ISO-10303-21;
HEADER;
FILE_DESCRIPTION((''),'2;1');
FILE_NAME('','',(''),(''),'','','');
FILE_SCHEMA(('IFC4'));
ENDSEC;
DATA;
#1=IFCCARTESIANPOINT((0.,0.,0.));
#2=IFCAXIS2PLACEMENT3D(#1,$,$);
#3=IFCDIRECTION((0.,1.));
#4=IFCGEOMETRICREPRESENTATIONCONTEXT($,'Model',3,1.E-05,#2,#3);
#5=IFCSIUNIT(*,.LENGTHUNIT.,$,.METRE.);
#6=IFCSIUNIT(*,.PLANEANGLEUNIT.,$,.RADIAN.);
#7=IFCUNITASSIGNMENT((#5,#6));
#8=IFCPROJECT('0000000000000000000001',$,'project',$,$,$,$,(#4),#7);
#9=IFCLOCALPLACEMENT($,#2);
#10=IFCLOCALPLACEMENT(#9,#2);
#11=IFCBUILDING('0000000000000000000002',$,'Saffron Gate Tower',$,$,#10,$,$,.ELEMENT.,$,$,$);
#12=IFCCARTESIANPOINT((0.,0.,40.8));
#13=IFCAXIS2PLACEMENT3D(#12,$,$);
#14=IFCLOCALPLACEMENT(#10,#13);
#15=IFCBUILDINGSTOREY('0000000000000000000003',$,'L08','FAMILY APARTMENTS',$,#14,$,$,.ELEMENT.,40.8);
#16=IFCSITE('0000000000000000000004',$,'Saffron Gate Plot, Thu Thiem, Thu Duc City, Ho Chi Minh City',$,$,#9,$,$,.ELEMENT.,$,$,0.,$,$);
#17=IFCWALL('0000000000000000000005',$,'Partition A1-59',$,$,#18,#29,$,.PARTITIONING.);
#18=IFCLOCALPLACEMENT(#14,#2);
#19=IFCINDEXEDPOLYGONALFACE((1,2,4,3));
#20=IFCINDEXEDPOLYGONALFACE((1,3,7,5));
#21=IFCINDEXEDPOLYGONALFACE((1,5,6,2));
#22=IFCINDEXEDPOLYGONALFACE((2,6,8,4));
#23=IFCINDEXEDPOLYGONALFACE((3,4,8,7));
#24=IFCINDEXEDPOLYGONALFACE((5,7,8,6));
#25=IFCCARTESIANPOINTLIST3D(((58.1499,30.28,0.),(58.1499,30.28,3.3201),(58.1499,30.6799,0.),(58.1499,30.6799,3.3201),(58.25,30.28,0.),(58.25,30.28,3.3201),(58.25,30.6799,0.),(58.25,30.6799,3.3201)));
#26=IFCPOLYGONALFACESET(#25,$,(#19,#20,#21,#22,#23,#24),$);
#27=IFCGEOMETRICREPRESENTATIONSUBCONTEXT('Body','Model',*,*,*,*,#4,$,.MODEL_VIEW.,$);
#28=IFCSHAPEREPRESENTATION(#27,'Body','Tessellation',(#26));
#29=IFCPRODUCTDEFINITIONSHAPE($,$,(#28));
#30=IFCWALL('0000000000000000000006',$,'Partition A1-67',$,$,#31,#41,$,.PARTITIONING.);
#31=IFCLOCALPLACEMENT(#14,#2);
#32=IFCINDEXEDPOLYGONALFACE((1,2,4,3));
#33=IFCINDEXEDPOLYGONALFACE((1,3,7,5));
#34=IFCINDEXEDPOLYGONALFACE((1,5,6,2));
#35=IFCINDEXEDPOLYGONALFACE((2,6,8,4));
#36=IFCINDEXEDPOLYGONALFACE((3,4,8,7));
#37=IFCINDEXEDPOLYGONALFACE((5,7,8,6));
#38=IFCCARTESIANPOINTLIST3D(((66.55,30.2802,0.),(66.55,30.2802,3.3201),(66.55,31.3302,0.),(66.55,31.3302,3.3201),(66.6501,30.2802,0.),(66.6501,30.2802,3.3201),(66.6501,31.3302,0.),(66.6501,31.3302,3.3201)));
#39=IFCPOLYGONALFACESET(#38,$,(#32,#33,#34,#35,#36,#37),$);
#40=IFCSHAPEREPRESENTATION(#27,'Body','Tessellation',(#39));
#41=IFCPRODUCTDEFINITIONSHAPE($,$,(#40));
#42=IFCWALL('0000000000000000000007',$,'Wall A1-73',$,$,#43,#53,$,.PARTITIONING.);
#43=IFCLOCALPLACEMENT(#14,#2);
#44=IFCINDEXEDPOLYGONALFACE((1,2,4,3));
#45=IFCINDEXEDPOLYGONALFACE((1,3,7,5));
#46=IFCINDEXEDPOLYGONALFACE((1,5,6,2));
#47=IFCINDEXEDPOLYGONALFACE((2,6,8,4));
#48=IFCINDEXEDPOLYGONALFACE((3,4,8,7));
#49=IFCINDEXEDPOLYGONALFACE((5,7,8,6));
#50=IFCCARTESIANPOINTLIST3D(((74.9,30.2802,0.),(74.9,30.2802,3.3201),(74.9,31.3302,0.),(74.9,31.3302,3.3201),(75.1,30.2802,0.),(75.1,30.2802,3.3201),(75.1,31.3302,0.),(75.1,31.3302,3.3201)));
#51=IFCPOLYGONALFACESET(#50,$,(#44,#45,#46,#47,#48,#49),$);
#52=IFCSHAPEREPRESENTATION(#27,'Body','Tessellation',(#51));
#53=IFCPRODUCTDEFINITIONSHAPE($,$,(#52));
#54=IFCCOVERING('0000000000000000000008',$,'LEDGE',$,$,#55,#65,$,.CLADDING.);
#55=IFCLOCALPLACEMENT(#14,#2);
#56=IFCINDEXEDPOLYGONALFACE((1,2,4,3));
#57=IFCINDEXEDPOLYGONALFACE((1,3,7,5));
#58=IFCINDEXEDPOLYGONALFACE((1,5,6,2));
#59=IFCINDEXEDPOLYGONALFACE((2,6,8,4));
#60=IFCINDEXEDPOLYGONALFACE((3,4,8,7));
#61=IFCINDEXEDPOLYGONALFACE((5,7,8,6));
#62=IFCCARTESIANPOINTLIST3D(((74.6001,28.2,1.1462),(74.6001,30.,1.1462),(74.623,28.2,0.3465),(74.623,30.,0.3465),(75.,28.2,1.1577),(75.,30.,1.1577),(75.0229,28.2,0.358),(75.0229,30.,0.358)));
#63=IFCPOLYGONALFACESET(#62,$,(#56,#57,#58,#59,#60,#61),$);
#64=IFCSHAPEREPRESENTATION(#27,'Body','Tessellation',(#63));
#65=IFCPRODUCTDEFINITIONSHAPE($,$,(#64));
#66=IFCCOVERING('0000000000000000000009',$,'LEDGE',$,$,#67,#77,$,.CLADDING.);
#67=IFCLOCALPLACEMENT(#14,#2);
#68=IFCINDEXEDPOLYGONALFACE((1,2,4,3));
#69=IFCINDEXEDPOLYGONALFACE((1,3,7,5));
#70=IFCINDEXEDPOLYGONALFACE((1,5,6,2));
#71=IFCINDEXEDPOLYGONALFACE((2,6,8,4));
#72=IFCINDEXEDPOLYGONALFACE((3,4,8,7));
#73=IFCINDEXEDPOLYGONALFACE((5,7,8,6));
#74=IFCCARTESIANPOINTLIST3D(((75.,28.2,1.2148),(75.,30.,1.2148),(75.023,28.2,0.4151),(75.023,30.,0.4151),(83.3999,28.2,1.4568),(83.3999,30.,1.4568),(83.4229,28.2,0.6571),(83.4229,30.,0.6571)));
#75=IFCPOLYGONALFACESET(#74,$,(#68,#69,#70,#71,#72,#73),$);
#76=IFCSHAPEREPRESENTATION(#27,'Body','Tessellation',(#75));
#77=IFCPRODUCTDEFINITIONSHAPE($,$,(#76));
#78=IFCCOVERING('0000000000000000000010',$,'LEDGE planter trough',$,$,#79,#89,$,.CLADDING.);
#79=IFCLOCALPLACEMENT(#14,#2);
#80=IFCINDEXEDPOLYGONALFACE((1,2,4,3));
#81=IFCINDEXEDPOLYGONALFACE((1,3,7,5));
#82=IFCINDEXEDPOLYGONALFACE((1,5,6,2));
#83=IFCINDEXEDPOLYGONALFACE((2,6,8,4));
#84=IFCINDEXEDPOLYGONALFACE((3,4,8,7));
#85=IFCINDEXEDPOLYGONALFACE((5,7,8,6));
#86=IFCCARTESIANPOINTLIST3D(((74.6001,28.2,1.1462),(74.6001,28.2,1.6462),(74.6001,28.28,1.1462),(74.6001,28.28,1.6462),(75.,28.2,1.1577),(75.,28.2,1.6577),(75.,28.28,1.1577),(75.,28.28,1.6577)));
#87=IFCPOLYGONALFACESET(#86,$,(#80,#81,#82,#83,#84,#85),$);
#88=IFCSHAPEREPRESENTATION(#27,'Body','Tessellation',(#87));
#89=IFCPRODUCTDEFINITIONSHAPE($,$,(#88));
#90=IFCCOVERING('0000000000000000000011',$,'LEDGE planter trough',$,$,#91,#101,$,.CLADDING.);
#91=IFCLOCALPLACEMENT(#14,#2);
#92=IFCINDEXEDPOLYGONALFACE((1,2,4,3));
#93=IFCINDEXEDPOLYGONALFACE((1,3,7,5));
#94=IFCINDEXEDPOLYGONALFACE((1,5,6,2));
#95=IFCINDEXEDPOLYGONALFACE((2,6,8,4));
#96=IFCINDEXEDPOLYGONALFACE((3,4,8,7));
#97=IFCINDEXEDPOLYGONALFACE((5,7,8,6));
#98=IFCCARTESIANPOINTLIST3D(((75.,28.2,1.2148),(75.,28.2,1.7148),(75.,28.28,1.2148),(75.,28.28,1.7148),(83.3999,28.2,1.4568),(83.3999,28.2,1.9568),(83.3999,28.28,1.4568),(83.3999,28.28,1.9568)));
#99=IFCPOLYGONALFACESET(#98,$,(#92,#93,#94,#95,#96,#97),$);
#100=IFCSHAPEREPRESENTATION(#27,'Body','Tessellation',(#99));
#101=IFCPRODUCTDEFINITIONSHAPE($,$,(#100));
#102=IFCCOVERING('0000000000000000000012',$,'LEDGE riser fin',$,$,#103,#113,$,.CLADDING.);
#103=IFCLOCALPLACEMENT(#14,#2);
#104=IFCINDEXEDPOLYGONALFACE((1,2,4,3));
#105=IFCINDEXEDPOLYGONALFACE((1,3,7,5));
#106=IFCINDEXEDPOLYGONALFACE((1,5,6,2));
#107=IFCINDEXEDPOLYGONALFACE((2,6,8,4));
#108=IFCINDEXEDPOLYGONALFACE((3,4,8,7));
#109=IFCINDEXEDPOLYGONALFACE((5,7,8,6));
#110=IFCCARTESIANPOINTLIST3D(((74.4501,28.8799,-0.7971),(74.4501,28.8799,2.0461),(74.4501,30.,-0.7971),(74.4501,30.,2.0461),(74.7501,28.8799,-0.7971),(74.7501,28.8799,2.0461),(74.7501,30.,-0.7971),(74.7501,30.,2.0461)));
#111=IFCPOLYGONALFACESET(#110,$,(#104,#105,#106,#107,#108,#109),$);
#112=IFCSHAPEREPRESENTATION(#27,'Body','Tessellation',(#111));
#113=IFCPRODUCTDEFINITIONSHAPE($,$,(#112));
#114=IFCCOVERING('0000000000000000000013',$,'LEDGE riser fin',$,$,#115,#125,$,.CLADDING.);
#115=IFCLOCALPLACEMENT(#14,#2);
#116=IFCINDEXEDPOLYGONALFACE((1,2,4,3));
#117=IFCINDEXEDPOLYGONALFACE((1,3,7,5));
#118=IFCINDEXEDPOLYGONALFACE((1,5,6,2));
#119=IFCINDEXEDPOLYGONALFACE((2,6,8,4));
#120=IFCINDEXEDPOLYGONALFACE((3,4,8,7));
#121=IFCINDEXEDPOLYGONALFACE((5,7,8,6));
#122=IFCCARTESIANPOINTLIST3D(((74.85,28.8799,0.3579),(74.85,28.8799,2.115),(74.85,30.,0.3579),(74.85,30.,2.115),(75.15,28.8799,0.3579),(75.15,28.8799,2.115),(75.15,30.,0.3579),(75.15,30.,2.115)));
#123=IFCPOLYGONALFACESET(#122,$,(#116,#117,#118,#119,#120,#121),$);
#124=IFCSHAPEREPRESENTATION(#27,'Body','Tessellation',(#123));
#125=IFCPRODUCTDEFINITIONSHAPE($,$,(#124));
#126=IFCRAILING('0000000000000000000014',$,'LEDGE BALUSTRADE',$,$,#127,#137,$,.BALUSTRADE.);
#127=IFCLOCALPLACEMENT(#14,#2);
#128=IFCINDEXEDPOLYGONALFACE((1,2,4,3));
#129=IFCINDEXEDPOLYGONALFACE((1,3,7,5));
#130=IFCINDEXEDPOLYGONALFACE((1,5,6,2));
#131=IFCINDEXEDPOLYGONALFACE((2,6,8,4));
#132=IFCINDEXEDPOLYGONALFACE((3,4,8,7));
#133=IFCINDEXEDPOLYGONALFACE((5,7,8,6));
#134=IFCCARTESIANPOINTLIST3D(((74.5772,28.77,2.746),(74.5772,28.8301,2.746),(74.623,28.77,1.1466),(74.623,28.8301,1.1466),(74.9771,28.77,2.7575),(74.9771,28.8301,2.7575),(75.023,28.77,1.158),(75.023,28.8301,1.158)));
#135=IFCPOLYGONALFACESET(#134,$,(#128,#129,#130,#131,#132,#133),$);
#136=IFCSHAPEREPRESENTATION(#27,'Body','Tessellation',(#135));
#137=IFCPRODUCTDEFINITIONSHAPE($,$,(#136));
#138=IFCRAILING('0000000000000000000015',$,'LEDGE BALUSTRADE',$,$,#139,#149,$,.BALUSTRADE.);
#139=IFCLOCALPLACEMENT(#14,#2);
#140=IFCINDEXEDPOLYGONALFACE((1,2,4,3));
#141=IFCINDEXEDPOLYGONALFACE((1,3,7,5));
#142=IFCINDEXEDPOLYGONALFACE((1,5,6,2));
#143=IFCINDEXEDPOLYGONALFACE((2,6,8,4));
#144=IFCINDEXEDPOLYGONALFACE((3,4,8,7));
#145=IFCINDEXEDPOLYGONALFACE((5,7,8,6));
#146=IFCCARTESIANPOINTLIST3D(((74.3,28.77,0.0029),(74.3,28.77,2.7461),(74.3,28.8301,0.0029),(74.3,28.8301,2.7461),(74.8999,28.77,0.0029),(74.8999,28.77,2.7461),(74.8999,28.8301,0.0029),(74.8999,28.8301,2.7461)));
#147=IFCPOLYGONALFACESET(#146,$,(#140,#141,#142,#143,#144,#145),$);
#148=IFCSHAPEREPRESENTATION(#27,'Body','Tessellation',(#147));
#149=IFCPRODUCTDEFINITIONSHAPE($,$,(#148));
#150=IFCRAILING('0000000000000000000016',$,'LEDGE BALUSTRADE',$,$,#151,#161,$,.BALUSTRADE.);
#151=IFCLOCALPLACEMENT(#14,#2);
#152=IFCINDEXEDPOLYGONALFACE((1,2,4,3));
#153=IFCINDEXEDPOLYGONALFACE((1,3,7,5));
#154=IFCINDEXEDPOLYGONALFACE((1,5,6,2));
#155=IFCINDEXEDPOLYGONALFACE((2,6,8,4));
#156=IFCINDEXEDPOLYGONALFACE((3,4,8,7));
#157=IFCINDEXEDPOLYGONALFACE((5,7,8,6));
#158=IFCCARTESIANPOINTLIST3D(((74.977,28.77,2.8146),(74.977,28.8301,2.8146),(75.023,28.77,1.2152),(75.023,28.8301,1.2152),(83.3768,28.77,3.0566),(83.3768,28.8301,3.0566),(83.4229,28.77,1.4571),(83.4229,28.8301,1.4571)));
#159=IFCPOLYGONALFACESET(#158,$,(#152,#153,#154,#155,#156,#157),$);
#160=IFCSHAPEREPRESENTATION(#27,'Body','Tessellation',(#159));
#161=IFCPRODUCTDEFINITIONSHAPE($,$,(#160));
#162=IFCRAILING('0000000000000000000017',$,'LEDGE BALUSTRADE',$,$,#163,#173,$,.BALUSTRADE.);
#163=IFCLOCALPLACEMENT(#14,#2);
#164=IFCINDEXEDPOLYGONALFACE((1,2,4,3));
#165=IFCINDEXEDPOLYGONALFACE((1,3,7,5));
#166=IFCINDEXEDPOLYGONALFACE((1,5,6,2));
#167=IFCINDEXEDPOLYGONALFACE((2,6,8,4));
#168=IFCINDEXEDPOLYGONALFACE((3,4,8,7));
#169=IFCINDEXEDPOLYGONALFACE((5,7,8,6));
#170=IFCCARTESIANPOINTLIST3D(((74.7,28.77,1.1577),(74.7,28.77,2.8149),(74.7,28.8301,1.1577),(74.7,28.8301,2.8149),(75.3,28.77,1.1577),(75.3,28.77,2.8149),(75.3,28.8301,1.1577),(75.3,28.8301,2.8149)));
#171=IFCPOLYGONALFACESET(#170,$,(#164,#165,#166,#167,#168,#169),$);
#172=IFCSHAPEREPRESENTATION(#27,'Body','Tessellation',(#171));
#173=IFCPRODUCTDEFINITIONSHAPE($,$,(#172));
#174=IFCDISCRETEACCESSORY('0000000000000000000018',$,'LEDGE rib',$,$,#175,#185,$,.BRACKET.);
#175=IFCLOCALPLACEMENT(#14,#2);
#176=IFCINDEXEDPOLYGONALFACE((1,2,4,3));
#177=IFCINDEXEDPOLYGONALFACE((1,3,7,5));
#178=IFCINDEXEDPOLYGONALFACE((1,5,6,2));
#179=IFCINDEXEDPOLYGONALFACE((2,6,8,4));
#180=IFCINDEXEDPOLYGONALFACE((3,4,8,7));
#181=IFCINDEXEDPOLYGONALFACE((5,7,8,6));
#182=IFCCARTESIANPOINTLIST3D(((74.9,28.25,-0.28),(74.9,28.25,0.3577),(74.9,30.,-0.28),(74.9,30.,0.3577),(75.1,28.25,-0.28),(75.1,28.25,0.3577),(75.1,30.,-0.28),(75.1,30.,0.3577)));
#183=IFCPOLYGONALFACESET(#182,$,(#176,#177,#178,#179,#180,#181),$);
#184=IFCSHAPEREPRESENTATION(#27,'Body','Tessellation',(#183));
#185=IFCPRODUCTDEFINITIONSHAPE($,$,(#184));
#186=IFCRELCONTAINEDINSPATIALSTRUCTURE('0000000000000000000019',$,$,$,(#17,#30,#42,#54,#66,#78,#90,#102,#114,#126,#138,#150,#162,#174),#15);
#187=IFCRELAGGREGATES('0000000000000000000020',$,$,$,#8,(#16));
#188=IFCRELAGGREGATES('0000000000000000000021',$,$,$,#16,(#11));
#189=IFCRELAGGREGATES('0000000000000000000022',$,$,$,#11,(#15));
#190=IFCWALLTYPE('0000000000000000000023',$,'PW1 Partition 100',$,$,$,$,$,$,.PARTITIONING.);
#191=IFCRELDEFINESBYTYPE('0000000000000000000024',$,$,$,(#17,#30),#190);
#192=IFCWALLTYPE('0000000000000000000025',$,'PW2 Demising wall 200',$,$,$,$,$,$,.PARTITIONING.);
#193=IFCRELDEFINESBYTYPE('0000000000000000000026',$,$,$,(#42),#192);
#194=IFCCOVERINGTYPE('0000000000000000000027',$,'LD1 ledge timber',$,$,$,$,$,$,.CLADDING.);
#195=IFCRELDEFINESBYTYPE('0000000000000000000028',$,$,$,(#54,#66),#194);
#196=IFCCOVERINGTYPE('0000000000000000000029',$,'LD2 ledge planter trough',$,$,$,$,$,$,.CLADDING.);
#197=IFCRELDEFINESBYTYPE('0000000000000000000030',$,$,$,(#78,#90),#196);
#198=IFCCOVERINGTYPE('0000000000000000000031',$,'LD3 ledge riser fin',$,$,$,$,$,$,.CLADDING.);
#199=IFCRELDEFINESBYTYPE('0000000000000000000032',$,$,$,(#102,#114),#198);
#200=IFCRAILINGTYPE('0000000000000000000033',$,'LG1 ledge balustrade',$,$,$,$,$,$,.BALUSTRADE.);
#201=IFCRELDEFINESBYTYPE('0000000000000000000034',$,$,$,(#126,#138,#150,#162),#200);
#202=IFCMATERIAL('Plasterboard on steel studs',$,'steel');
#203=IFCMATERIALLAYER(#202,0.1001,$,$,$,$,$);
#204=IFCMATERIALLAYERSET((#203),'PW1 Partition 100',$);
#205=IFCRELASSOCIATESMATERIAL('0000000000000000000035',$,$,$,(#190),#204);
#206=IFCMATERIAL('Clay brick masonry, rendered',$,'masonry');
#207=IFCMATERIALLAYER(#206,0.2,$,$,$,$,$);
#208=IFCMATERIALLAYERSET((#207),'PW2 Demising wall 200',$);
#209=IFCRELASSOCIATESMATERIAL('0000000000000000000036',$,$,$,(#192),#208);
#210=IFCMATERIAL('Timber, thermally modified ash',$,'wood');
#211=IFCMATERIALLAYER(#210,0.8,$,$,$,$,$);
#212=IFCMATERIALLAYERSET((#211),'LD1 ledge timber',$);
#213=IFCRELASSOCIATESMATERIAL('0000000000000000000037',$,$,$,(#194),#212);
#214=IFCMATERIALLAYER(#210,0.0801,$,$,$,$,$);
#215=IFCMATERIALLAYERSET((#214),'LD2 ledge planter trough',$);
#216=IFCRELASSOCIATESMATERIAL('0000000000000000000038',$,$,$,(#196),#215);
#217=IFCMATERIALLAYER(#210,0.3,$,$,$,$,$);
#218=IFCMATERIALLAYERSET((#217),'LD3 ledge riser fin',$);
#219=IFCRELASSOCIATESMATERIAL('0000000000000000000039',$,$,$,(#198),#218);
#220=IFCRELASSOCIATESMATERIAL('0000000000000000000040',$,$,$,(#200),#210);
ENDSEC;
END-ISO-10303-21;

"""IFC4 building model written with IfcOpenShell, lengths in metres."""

from ifc_helpers import new_model, si_unit, direction, frame, frame_2d, origin, origin_2d, place, context, subcontext, project, spatial, polyline, rectangle, outline, extrude, material, layer, layer_set, type_object, element, save


model = new_model("IFC4")

# Units and contexts
model_context = context("Model", 3, precision=1e-05, world=origin(), true_north=direction((0.0, 1.0)))
body_context = subcontext(model_context, "Body", "Model", "MODEL_VIEW")
ifc_project = project(units=[si_unit("LENGTHUNIT", "METRE"), si_unit("PLANEANGLEUNIT", "RADIAN")], contexts=[model_context])

# Site, building, storey
site_placement = place(None, origin())
site = spatial("IfcSite", under=ifc_project, at=site_placement, Name="Saffron Gate Plot, Thu Thiem, Thu Duc City, Ho Chi Minh City", CompositionType="ELEMENT", RefElevation=0.0)
building_placement = place(site_placement, origin())
building = spatial("IfcBuilding", under=site, at=building_placement, Name="Saffron Gate Tower", CompositionType="ELEMENT")
storey_placement = place(building_placement, frame((0.0, 0.0, 40.8)))
storey = spatial("IfcBuildingStorey", under=building, at=storey_placement, Name="L08", Description="FAMILY APARTMENTS", CompositionType="ELEMENT", Elevation=40.8)

# Shared definitions
ifc_material_1 = material(Name="Plasterboard on steel studs", Category="steel")
ifc_layer_1 = layer(ifc_material_1, 0.1001)
ifc_layer_set_1 = layer_set([ifc_layer_1], Name="PW1 Partition 100")
wall_type_1 = type_object("IfcWallType", Name="PW1 Partition 100", PredefinedType="PARTITIONING", material=ifc_layer_set_1)

# Walls
wall_1_placement = place(storey_placement, frame((58.2, 30.6799, 0.0), z_axis=(0.0, 0.0, 1.0), x_axis=(0.0, -1.0, 0.0)))
element("IfcWall", 1, at=wall_1_placement, inside=storey, type_object=wall_type_1, Name="Partition A1-59", PredefinedType="PARTITIONING", context=body_context, shape_type="SweptSolid", body=[
    extrude(rectangle(XDim=0.3999, YDim=0.1001, at=frame_2d((0.2, 0.0))), origin(), (0.0, 0.0, 1.0), 3.3201),
])
wall_2_placement = place(storey_placement, frame((66.6001, 31.3301, 0.0), z_axis=(0.0, 0.0, 1.0), x_axis=(0.0, -1.0, 0.0)))
element("IfcWall", 2, at=wall_2_placement, inside=storey, type_object=wall_type_1, Name="Partition A1-67", PredefinedType="PARTITIONING", context=body_context, shape_type="SweptSolid", body=[
    extrude(rectangle(XDim=1.05, YDim=0.1001, at=frame_2d((0.5249, 0.0))), origin(), (0.0, 0.0, 1.0), 3.3201),
])
ifc_material_2 = material(Name="Clay brick masonry, rendered", Category="masonry")
ifc_layer_2 = layer(ifc_material_2, 0.2)
ifc_layer_set_2 = layer_set([ifc_layer_2], Name="PW2 Demising wall 200")
wall_type_2 = type_object("IfcWallType", Name="PW2 Demising wall 200", PredefinedType="PARTITIONING", material=ifc_layer_set_2)
wall_3_placement = place(storey_placement, frame((75.0, 31.3301, 0.0), z_axis=(0.0, 0.0, 1.0), x_axis=(0.0, -1.0, 0.0)))
element("IfcWall", 3, at=wall_3_placement, inside=storey, type_object=wall_type_2, Name="Wall A1-73", PredefinedType="PARTITIONING", context=body_context, shape_type="SweptSolid", body=[
    extrude(rectangle(XDim=1.05, YDim=0.2, at=frame_2d((0.5249, 0.0))), origin(), (0.0, 0.0, 1.0), 3.3201),
])

# Coverings
ifc_material_3 = material(Name="Timber, thermally modified ash", Category="wood")
ifc_layer_3 = layer(ifc_material_3, 0.8)
ifc_layer_set_3 = layer_set([ifc_layer_3], Name="LD1 ledge timber")
covering_type_1 = type_object("IfcCoveringType", Name="LD1 ledge timber", PredefinedType="CLADDING", material=ifc_layer_set_3)
covering_1_placement = place(storey_placement, frame((74.6001, 30.0, 1.1462), z_axis=(-0.028682, 0.0, 0.999589), x_axis=(0.999589, 0.0, 0.028682)))
element("IfcCovering", 4, at=covering_1_placement, inside=storey, type_object=covering_type_1, Name="LEDGE", PredefinedType="CLADDING", context=body_context, shape_type="SweptSolid", body=[
    extrude(outline(polyline([(0.0, 0.0), (0.4001, 0.0), (0.4001, -1.8), (0.0, -1.8), (0.0, 0.0)])), origin(), (0.0, 0.0, -1.0), 0.8),
])
covering_2_placement = place(storey_placement, frame((75.0, 30.0, 1.2148), z_axis=(-0.028791, 0.0, 0.999585), x_axis=(0.999585, 0.0, 0.028791)))
element("IfcCovering", 5, at=covering_2_placement, inside=storey, type_object=covering_type_1, Name="LEDGE", PredefinedType="CLADDING", context=body_context, shape_type="SweptSolid", body=[
    extrude(outline(polyline([(0.0, 0.0), (8.4034, 0.0), (8.4034, -1.8), (0.0, -1.8), (0.0, 0.0)])), origin(), (0.0, 0.0, -1.0), 0.8),
])
ifc_layer_4 = layer(ifc_material_3, 0.0801)
ifc_layer_set_4 = layer_set([ifc_layer_4], Name="LD2 ledge planter trough")
covering_type_2 = type_object("IfcCoveringType", Name="LD2 ledge planter trough", PredefinedType="CLADDING", material=ifc_layer_set_4)
covering_3_placement = place(storey_placement, frame((74.6001, 28.2, 1.1462), z_axis=(0.0, -1.0, 0.0), x_axis=(0.999589, 0.0, 0.028682)))
element("IfcCovering", 6, at=covering_3_placement, inside=storey, type_object=covering_type_2, Name="LEDGE planter trough", PredefinedType="CLADDING", context=body_context, shape_type="SweptSolid", body=[
    extrude(outline(polyline([(0.0, 0.0), (0.4001, 0.0), (0.4144, 0.4998), (0.0143, 0.4998), (0.0, 0.0)])), origin(), (0.0, 0.0, -1.0), 0.0801),
])
covering_4_placement = place(storey_placement, frame((75.0, 28.2, 1.2148), z_axis=(0.0, -1.0, 0.0), x_axis=(0.999585, 0.0, 0.028791)))
element("IfcCovering", 7, at=covering_4_placement, inside=storey, type_object=covering_type_2, Name="LEDGE planter trough", PredefinedType="CLADDING", context=body_context, shape_type="SweptSolid", body=[
    extrude(outline(polyline([(0.0, 0.0), (8.4034, 0.0), (8.4178, 0.4998), (0.0144, 0.4998), (0.0, 0.0)])), origin(), (0.0, 0.0, -1.0), 0.0801),
])
ifc_layer_5 = layer(ifc_material_3, 0.3)
ifc_layer_set_5 = layer_set([ifc_layer_5], Name="LD3 ledge riser fin")
covering_type_3 = type_object("IfcCoveringType", Name="LD3 ledge riser fin", PredefinedType="CLADDING", material=ifc_layer_set_5)
covering_5_placement = place(storey_placement, frame((74.6001, 29.4399, -0.7971), z_axis=(0.0, 0.0, 1.0), x_axis=(1.0, 0.0, 0.0)))
element("IfcCovering", 8, at=covering_5_placement, inside=storey, type_object=covering_type_3, Name="LEDGE riser fin", PredefinedType="CLADDING", context=body_context, shape_type="SweptSolid", body=[
    extrude(rectangle(XDim=0.3, YDim=1.1201, at=origin_2d()), origin(), (0.0, 0.0, 1.0), 2.8433),
])
covering_6_placement = place(storey_placement, frame((75.0, 29.4399, 0.3579), z_axis=(0.0, 0.0, 1.0), x_axis=(1.0, 0.0, 0.0)))
element("IfcCovering", 9, at=covering_6_placement, inside=storey, type_object=covering_type_3, Name="LEDGE riser fin", PredefinedType="CLADDING", context=body_context, shape_type="SweptSolid", body=[
    extrude(rectangle(XDim=0.3, YDim=1.1201, at=origin_2d()), origin(), (0.0, 0.0, 1.0), 1.7571),
])

# Railings
railing_type = type_object("IfcRailingType", Name="LG1 ledge balustrade", PredefinedType="BALUSTRADE", material=ifc_material_3)
railing_1_placement = place(storey_placement, frame((74.6001, 28.8, 1.1462)))
element("IfcRailing", 10, at=railing_1_placement, inside=storey, type_object=railing_type, Name="LEDGE BALUSTRADE", PredefinedType="BALUSTRADE", context=body_context, shape_type="SweptSolid", body=[
    extrude(rectangle(XDim=0.0601, YDim=1.6001, at=origin_2d()), frame((0.0, 0.0, 0.8), z_axis=(0.999589, 0.0, 0.028682), x_axis=(0.0, 1.0, 0.0)), (0.0, 0.0, 1.0), 0.4001),
])
railing_2_placement = place(storey_placement, frame((74.3, 28.8, 0.0029)))
element("IfcRailing", 11, at=railing_2_placement, inside=storey, type_object=railing_type, Name="LEDGE BALUSTRADE", PredefinedType="BALUSTRADE", context=body_context, shape_type="SweptSolid", body=[
    extrude(rectangle(XDim=0.0601, YDim=2.7432, at=origin_2d()), frame((0.0, 0.0, 1.3716), z_axis=(1.0, 0.0, 0.0), x_axis=(0.0, 1.0, 0.0)), (0.0, 0.0, 1.0), 0.5999),
])
railing_3_placement = place(storey_placement, frame((75.0, 28.8, 1.2148)))
element("IfcRailing", 12, at=railing_3_placement, inside=storey, type_object=railing_type, Name="LEDGE BALUSTRADE", PredefinedType="BALUSTRADE", context=body_context, shape_type="SweptSolid", body=[
    extrude(rectangle(XDim=0.0601, YDim=1.6001, at=origin_2d()), frame((0.0, 0.0, 0.8), z_axis=(0.999585, 0.0, 0.028791), x_axis=(0.0, 1.0, 0.0)), (0.0, 0.0, 1.0), 8.4033),
])
railing_4_placement = place(storey_placement, frame((74.7, 28.8, 1.1577)))
element("IfcRailing", 13, at=railing_4_placement, inside=storey, type_object=railing_type, Name="LEDGE BALUSTRADE", PredefinedType="BALUSTRADE", context=body_context, shape_type="SweptSolid", body=[
    extrude(rectangle(XDim=0.0601, YDim=1.6572, at=origin_2d()), frame((0.0, 0.0, 0.8286), z_axis=(1.0, 0.0, 0.0), x_axis=(0.0, 1.0, 0.0)), (0.0, 0.0, 1.0), 0.6001),
])

# Discrete accessory
discrete_accessory_placement = place(storey_placement, frame((75.0, 29.125, -0.28), z_axis=(0.0, 0.0, 1.0), x_axis=(1.0, 0.0, 0.0)))
element("IfcDiscreteAccessory", 14, at=discrete_accessory_placement, inside=storey, Name="LEDGE rib", PredefinedType="BRACKET", context=body_context, shape_type="SweptSolid", body=[
    extrude(rectangle(XDim=0.2, YDim=1.75, at=origin_2d()), origin(), (0.0, 0.0, 1.0), 0.6377),
])

save(model, "model.ifc")
